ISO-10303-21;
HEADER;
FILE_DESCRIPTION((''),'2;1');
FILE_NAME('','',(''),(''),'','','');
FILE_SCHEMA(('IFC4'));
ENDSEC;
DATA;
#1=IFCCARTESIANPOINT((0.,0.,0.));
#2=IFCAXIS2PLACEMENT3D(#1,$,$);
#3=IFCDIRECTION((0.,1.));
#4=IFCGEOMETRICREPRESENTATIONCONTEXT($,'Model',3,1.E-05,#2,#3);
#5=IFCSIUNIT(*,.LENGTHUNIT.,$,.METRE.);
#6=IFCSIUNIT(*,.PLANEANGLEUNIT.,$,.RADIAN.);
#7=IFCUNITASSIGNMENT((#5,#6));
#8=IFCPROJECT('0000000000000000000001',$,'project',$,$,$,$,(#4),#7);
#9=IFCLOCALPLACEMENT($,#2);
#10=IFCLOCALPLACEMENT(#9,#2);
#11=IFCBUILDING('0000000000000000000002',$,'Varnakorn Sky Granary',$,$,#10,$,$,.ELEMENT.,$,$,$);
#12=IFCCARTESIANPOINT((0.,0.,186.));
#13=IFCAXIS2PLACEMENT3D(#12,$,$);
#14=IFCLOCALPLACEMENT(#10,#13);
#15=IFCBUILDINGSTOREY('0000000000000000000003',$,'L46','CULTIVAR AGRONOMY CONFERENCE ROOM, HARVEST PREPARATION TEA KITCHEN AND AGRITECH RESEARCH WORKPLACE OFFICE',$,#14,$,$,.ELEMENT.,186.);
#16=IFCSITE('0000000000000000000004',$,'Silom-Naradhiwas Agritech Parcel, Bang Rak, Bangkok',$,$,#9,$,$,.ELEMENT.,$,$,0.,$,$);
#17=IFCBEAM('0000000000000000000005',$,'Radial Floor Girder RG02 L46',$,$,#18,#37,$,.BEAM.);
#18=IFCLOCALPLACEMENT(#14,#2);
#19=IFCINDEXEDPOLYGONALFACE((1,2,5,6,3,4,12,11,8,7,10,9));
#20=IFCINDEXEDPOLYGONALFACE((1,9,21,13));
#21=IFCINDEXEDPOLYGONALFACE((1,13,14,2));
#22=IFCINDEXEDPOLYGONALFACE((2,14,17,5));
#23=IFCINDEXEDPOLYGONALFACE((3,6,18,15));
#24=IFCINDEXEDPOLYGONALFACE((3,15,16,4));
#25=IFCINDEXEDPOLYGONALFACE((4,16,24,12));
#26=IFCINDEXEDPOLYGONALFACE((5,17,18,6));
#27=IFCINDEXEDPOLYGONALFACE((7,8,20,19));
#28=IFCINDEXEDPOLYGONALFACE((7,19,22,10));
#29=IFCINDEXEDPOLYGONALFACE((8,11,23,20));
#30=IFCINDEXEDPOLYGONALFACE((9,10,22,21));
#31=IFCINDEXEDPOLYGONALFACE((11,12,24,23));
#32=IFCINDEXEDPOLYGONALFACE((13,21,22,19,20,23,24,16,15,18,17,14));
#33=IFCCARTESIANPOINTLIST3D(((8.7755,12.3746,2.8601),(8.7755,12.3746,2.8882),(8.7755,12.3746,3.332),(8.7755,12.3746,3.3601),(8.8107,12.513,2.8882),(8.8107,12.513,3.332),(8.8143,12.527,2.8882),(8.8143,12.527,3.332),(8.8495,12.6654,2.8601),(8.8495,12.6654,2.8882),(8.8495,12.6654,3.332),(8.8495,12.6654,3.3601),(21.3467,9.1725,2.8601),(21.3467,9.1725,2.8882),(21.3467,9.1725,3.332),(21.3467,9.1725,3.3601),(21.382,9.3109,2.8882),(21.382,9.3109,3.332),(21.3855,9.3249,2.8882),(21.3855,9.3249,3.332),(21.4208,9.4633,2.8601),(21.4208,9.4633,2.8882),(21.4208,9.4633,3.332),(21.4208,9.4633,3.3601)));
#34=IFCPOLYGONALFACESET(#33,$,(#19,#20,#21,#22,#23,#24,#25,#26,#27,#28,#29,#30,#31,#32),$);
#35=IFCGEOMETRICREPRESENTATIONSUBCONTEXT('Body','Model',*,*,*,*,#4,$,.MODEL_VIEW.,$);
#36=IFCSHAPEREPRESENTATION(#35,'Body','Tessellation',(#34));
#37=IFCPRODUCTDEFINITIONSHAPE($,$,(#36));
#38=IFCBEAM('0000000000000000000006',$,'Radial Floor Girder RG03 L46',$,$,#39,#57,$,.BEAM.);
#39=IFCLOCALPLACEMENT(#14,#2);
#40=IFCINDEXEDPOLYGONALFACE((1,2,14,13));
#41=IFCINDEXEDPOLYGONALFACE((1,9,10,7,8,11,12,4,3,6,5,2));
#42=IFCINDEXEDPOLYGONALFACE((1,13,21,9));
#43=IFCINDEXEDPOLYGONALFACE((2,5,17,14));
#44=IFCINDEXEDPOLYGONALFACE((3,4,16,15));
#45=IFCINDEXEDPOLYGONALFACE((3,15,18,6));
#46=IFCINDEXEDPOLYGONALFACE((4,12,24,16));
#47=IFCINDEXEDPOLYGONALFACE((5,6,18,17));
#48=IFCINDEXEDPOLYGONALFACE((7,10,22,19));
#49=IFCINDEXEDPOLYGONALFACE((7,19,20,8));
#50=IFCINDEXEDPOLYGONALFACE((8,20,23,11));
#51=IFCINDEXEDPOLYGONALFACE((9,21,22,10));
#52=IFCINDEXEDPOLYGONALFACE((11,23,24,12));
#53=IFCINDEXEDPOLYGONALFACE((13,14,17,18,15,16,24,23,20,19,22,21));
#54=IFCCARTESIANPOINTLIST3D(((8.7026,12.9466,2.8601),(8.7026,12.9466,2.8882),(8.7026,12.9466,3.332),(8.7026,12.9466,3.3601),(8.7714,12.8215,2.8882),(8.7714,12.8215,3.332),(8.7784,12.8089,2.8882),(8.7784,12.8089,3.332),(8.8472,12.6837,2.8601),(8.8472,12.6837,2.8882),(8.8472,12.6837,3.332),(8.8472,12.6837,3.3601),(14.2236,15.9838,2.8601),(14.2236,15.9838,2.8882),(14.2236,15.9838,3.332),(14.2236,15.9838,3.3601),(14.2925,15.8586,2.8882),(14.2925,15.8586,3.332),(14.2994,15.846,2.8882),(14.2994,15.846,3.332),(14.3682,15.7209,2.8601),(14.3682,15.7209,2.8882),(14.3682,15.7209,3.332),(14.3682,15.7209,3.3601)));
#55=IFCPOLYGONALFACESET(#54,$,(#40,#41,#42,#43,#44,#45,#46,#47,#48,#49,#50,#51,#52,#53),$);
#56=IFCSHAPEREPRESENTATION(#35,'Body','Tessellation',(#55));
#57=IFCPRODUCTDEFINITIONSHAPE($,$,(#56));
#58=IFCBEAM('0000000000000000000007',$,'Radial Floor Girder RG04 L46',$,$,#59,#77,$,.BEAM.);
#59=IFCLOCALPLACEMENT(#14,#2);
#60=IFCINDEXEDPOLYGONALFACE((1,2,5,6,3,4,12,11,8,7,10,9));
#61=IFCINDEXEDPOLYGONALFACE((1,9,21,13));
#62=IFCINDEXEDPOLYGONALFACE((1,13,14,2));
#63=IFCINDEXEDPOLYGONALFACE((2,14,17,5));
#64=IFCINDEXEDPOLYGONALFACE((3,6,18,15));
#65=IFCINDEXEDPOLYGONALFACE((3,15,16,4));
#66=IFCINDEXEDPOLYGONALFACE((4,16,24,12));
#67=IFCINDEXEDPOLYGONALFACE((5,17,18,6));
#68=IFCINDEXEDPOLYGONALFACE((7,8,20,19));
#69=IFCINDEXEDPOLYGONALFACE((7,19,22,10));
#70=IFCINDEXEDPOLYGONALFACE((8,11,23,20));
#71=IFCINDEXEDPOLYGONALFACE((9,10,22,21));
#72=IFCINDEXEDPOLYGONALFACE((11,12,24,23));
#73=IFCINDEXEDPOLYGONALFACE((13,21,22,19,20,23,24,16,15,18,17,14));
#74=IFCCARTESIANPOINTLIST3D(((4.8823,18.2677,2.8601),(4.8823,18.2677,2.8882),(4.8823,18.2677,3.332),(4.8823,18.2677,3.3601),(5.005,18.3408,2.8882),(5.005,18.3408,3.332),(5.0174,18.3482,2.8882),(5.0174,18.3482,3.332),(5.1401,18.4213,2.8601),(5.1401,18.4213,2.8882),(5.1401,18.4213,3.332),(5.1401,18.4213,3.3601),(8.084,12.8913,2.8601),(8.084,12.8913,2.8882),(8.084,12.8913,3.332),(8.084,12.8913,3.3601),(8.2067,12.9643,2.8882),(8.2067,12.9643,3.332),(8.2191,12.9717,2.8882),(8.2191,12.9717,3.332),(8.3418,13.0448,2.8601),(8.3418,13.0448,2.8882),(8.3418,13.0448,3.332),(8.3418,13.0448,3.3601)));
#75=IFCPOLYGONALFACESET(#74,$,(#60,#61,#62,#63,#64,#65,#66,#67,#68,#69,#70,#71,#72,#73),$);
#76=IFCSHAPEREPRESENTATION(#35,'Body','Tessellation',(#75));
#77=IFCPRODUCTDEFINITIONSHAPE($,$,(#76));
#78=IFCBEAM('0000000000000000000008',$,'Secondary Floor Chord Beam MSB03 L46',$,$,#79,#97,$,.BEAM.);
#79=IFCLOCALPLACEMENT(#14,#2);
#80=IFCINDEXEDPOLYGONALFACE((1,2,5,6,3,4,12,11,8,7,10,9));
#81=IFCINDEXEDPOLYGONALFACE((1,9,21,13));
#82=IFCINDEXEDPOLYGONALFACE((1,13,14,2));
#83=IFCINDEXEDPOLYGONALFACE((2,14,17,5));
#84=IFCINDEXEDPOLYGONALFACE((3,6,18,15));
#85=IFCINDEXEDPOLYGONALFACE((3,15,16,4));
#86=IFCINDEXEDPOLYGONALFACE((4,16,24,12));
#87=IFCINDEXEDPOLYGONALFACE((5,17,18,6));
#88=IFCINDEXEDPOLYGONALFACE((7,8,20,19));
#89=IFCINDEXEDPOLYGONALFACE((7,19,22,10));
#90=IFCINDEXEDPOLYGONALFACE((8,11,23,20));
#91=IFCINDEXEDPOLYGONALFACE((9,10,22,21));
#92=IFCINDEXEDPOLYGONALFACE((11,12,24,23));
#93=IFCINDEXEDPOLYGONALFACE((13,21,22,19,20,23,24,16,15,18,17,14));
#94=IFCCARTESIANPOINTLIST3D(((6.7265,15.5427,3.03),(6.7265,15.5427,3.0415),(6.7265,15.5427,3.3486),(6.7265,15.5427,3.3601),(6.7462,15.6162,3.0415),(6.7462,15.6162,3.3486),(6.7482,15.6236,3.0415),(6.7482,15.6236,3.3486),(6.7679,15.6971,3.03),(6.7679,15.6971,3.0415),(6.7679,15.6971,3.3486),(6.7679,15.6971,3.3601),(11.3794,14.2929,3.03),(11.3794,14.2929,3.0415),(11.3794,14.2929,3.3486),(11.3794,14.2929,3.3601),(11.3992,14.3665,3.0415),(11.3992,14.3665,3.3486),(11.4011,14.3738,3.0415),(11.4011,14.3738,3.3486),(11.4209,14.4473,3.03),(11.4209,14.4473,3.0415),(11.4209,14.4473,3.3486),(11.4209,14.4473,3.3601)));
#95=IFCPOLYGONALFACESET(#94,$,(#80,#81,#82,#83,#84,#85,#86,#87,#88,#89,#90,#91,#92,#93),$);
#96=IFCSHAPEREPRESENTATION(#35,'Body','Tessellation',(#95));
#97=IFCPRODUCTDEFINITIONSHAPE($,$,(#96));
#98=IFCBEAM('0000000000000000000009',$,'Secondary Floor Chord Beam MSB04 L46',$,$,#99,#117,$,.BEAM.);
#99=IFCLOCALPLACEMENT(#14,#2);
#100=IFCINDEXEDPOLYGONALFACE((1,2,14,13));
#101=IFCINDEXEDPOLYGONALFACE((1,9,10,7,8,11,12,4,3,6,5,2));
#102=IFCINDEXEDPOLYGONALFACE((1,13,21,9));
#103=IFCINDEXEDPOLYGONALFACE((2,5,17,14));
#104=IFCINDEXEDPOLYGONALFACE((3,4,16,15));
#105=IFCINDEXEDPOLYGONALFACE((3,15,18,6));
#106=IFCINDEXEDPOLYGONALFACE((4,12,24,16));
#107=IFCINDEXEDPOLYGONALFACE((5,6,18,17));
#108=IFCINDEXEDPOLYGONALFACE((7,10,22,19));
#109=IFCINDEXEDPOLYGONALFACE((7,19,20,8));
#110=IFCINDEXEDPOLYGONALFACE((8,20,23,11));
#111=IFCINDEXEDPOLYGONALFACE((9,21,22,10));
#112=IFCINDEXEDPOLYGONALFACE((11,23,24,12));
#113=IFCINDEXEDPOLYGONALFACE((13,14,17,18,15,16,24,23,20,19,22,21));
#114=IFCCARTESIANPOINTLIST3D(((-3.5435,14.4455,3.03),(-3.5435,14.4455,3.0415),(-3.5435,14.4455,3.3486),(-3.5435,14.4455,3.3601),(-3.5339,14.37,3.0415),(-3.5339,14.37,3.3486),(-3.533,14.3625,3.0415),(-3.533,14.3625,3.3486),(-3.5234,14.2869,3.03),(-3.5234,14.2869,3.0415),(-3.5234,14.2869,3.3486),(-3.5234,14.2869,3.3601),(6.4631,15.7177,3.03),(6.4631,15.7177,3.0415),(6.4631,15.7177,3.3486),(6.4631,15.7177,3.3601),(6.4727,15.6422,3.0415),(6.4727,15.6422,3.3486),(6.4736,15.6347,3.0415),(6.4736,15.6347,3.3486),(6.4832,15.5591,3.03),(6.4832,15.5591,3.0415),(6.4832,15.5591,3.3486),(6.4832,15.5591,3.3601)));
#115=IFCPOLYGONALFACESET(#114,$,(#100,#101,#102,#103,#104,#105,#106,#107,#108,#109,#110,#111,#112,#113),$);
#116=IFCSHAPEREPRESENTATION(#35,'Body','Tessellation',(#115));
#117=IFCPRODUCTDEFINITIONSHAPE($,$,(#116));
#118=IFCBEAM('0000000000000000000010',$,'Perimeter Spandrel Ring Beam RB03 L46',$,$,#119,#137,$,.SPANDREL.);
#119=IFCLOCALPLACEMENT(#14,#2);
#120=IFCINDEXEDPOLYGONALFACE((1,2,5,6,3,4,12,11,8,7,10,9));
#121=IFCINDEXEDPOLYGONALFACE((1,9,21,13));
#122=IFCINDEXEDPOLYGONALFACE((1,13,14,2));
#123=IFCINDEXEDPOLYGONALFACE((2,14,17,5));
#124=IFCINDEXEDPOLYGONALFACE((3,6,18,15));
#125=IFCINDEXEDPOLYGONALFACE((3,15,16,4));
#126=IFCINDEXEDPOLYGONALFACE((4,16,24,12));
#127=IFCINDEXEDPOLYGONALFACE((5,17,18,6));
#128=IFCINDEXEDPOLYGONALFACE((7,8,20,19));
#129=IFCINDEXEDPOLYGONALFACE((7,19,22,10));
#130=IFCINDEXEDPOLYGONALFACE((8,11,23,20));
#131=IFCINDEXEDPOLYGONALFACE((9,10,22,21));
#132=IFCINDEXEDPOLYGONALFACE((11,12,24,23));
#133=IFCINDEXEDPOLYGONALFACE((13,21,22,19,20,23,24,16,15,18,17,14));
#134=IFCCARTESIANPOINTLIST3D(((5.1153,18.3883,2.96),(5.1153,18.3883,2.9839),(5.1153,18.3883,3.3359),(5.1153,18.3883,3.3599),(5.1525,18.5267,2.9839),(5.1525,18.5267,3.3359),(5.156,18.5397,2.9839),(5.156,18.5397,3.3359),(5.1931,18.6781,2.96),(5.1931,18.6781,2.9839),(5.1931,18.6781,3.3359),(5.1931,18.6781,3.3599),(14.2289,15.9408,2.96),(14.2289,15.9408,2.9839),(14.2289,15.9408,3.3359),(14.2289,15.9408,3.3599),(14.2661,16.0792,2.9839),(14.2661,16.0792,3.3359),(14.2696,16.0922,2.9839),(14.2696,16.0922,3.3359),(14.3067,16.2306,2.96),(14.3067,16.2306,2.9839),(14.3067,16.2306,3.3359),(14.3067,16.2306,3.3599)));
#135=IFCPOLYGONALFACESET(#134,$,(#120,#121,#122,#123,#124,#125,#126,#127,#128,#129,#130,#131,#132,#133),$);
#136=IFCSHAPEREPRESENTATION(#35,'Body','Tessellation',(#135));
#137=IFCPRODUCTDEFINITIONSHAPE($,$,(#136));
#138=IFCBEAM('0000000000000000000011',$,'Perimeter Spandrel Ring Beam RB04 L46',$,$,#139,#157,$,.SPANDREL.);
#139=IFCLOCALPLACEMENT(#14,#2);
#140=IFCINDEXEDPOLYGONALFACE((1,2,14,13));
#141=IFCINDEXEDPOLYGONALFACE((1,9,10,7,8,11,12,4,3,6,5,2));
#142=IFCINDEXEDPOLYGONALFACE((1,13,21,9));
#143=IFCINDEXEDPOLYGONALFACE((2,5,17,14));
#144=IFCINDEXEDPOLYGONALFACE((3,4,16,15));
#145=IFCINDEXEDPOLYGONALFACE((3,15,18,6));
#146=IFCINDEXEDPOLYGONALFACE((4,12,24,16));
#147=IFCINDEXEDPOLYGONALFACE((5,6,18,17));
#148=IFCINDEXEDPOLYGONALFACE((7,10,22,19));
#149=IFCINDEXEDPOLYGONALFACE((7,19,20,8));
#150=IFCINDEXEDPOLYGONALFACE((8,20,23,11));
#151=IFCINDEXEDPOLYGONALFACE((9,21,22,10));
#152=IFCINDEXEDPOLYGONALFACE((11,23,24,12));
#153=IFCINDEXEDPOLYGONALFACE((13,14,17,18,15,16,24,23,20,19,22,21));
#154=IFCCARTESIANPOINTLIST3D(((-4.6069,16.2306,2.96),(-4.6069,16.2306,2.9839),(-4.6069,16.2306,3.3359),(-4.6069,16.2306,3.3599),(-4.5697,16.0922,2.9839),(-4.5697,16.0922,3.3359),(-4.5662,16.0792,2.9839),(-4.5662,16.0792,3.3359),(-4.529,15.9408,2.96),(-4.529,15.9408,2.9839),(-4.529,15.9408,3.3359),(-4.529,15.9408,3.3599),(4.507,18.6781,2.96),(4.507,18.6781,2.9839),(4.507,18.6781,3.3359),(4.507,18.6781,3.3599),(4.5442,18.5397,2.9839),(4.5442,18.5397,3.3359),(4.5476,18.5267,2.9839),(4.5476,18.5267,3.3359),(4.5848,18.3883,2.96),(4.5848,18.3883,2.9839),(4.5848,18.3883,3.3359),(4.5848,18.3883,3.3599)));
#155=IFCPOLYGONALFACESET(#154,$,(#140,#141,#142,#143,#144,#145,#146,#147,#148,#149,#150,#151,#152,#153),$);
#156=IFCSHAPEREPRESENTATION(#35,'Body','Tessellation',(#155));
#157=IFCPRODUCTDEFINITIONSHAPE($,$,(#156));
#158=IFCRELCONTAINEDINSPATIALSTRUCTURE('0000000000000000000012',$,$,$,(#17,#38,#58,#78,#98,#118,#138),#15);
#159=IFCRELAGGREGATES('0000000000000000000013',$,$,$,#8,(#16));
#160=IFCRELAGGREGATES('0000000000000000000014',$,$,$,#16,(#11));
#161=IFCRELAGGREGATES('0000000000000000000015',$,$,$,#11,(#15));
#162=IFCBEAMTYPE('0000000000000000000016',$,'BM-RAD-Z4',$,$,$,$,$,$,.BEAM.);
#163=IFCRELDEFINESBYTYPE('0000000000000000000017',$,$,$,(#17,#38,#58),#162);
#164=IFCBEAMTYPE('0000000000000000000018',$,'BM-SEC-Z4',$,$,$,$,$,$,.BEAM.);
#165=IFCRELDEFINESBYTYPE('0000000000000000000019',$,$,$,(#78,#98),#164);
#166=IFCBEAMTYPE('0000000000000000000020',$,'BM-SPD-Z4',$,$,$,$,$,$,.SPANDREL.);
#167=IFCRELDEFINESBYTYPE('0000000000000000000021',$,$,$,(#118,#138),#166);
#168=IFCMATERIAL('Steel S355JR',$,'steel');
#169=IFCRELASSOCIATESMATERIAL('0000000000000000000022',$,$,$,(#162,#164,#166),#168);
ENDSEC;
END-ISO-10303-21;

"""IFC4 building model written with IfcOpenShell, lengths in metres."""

from ifc_helpers import new_model, si_unit, direction, frame, origin, origin_2d, place, context, subcontext, project, spatial, i_section, extrude, material, material_profile, profile_set, type_object, element, save


model = new_model("IFC4")

# Units and contexts
model_context = context("Model", 3, precision=1e-05, world=origin(), true_north=direction((0.0, 1.0)))
body_context = subcontext(model_context, "Body", "Model", "MODEL_VIEW")
ifc_project = project(units=[si_unit("LENGTHUNIT", "METRE"), si_unit("PLANEANGLEUNIT", "RADIAN")], contexts=[model_context])

# Site, building, storey
site_placement = place(None, origin())
site = spatial("IfcSite", under=ifc_project, at=site_placement, Name="Silom-Naradhiwas Agritech Parcel, Bang Rak, Bangkok", CompositionType="ELEMENT", RefElevation=0.0)
building_placement = place(site_placement, origin())
building = spatial("IfcBuilding", under=site, at=building_placement, Name="Varnakorn Sky Granary", CompositionType="ELEMENT")
storey_placement = place(building_placement, frame((0.0, 0.0, 186.0)))
storey = spatial("IfcBuildingStorey", under=building, at=storey_placement, Name="L46", Description="CULTIVAR AGRONOMY CONFERENCE ROOM, HARVEST PREPARATION TEA KITCHEN AND AGRITECH RESEARCH WORKPLACE OFFICE", CompositionType="ELEMENT", Elevation=186.0)

# Beams
ifc_material_1 = material(Name="Steel S355JR", Category="steel")
ifc_material_profile_1 = material_profile(ifc_material_1, i_section(OverallWidth=0.3, OverallDepth=0.5, WebThickness=0.0144, FlangeThickness=0.0281, at=origin_2d()), Name="HE 500 B")
ifc_profile_set_1 = profile_set([ifc_material_profile_1], Name="Steel S355JR")
beam_type_1 = type_object("IfcBeamType", Name="BM-RAD-Z4", PredefinedType="BEAM", material=ifc_profile_set_1)
beam_1_placement = place(storey_placement, frame((8.8125, 12.52, 3.1101), z_axis=(0.969057, -0.246837, 0.0), x_axis=(0.246837, 0.969057, 0.0)))
element("IfcBeam", 1, at=beam_1_placement, inside=storey, type_object=beam_type_1, Name="Radial Floor Girder RG02 L46", PredefinedType="BEAM", context=body_context, shape_type="SweptSolid", body=[
    extrude(i_section(OverallWidth=0.3, OverallDepth=0.5, WebThickness=0.0144, FlangeThickness=0.0281, at=origin_2d()), origin(), (0.0, 0.0, 1.0), 12.9727),
])
beam_2_placement = place(storey_placement, frame((8.7749, 12.8152, 3.1101), z_axis=(0.876178, 0.481987, 0.0), x_axis=(-0.481987, 0.876178, 0.0)))
element("IfcBeam", 2, at=beam_2_placement, inside=storey, type_object=beam_type_1, Name="Radial Floor Girder RG03 L46", PredefinedType="BEAM", context=body_context, shape_type="SweptSolid", body=[
    extrude(i_section(OverallWidth=0.3, OverallDepth=0.5, WebThickness=0.0144, FlangeThickness=0.0281, at=origin_2d()), origin(), (0.0, 0.0, 1.0), 6.3013),
])
beam_3_placement = place(storey_placement, frame((8.2129, 12.968, 3.1101), z_axis=(-0.511647, 0.859196, 0.0), x_axis=(-0.859196, -0.511647, 0.0)))
element("IfcBeam", 3, at=beam_3_placement, inside=storey, type_object=beam_type_1, Name="Radial Floor Girder RG04 L46", PredefinedType="BEAM", context=body_context, shape_type="SweptSolid", body=[
    extrude(i_section(OverallWidth=0.3, OverallDepth=0.5, WebThickness=0.0144, FlangeThickness=0.0281, at=origin_2d()), origin(), (0.0, 0.0, 1.0), 6.2576),
])
ifc_material_profile_2 = material_profile(ifc_material_1, i_section(OverallWidth=0.1599, OverallDepth=0.3301, WebThickness=0.0076, FlangeThickness=0.0115, at=origin_2d()), Name="IPE 330")
ifc_profile_set_2 = profile_set([ifc_material_profile_2], Name="Steel S355JR")
beam_type_2 = type_object("IfcBeamType", Name="BM-SEC-Z4", PredefinedType="BEAM", material=ifc_profile_set_2)
beam_4_placement = place(storey_placement, frame((11.4001, 14.3701, 3.1951), z_axis=(-0.965768, 0.259406, 0.0), x_axis=(-0.259406, -0.965768, 0.0)))
element("IfcBeam", 4, at=beam_4_placement, inside=storey, type_object=beam_type_2, Name="Secondary Floor Chord Beam MSB03 L46", PredefinedType="BEAM", context=body_context, shape_type="SweptSolid", body=[
    extrude(i_section(OverallWidth=0.1599, OverallDepth=0.3301, WebThickness=0.0076, FlangeThickness=0.0115, at=origin_2d()), origin(), (0.0, 0.0, 1.0), 4.8179),
])
beam_5_placement = place(storey_placement, frame((6.4731, 15.6384, 3.1951), z_axis=(-0.992015, -0.126123, 0.0), x_axis=(0.126123, -0.992015, 0.0)))
element("IfcBeam", 5, at=beam_5_placement, inside=storey, type_object=beam_type_2, Name="Secondary Floor Chord Beam MSB04 L46", PredefinedType="BEAM", context=body_context, shape_type="SweptSolid", body=[
    extrude(i_section(OverallWidth=0.1599, OverallDepth=0.3301, WebThickness=0.0076, FlangeThickness=0.0115, at=origin_2d()), origin(), (0.0, 0.0, 1.0), 10.0872),
])
ifc_material_profile_3 = material_profile(ifc_material_1, i_section(OverallWidth=0.3, OverallDepth=0.3999, WebThickness=0.0134, FlangeThickness=0.0239, at=origin_2d()), Name="HE 400 B")
ifc_profile_set_3 = profile_set([ifc_material_profile_3], Name="Steel S355JR")
beam_type_3 = type_object("IfcBeamType", Name="BM-SPD-Z4", PredefinedType="SPANDREL", material=ifc_profile_set_3)
beam_6_placement = place(storey_placement, frame((14.2678, 16.0857, 3.1599), z_axis=(-0.965779, 0.259368, 0.0), x_axis=(-0.259368, -0.965779, 0.0)))
element("IfcBeam", 6, at=beam_6_placement, inside=storey, type_object=beam_type_3, Name="Perimeter Spandrel Ring Beam RB03 L46", PredefinedType="SPANDREL", context=body_context, shape_type="SweptSolid", body=[
    extrude(i_section(OverallWidth=0.3, OverallDepth=0.3999, WebThickness=0.0134, FlangeThickness=0.0239, at=origin_2d()), origin(), (0.0, 0.0, 1.0), 9.4365),
])
beam_7_placement = place(storey_placement, frame((4.5459, 18.5332, 3.1599), z_axis=(-0.96578, -0.259361, 0.0), x_axis=(0.259361, -0.96578, 0.0)))
element("IfcBeam", 7, at=beam_7_placement, inside=storey, type_object=beam_type_3, Name="Perimeter Spandrel Ring Beam RB04 L46", PredefinedType="SPANDREL", context=body_context, shape_type="SweptSolid", body=[
    extrude(i_section(OverallWidth=0.3, OverallDepth=0.3999, WebThickness=0.0134, FlangeThickness=0.0239, at=origin_2d()), origin(), (0.0, 0.0, 1.0), 9.4368),
])

save(model, "model.ifc")
